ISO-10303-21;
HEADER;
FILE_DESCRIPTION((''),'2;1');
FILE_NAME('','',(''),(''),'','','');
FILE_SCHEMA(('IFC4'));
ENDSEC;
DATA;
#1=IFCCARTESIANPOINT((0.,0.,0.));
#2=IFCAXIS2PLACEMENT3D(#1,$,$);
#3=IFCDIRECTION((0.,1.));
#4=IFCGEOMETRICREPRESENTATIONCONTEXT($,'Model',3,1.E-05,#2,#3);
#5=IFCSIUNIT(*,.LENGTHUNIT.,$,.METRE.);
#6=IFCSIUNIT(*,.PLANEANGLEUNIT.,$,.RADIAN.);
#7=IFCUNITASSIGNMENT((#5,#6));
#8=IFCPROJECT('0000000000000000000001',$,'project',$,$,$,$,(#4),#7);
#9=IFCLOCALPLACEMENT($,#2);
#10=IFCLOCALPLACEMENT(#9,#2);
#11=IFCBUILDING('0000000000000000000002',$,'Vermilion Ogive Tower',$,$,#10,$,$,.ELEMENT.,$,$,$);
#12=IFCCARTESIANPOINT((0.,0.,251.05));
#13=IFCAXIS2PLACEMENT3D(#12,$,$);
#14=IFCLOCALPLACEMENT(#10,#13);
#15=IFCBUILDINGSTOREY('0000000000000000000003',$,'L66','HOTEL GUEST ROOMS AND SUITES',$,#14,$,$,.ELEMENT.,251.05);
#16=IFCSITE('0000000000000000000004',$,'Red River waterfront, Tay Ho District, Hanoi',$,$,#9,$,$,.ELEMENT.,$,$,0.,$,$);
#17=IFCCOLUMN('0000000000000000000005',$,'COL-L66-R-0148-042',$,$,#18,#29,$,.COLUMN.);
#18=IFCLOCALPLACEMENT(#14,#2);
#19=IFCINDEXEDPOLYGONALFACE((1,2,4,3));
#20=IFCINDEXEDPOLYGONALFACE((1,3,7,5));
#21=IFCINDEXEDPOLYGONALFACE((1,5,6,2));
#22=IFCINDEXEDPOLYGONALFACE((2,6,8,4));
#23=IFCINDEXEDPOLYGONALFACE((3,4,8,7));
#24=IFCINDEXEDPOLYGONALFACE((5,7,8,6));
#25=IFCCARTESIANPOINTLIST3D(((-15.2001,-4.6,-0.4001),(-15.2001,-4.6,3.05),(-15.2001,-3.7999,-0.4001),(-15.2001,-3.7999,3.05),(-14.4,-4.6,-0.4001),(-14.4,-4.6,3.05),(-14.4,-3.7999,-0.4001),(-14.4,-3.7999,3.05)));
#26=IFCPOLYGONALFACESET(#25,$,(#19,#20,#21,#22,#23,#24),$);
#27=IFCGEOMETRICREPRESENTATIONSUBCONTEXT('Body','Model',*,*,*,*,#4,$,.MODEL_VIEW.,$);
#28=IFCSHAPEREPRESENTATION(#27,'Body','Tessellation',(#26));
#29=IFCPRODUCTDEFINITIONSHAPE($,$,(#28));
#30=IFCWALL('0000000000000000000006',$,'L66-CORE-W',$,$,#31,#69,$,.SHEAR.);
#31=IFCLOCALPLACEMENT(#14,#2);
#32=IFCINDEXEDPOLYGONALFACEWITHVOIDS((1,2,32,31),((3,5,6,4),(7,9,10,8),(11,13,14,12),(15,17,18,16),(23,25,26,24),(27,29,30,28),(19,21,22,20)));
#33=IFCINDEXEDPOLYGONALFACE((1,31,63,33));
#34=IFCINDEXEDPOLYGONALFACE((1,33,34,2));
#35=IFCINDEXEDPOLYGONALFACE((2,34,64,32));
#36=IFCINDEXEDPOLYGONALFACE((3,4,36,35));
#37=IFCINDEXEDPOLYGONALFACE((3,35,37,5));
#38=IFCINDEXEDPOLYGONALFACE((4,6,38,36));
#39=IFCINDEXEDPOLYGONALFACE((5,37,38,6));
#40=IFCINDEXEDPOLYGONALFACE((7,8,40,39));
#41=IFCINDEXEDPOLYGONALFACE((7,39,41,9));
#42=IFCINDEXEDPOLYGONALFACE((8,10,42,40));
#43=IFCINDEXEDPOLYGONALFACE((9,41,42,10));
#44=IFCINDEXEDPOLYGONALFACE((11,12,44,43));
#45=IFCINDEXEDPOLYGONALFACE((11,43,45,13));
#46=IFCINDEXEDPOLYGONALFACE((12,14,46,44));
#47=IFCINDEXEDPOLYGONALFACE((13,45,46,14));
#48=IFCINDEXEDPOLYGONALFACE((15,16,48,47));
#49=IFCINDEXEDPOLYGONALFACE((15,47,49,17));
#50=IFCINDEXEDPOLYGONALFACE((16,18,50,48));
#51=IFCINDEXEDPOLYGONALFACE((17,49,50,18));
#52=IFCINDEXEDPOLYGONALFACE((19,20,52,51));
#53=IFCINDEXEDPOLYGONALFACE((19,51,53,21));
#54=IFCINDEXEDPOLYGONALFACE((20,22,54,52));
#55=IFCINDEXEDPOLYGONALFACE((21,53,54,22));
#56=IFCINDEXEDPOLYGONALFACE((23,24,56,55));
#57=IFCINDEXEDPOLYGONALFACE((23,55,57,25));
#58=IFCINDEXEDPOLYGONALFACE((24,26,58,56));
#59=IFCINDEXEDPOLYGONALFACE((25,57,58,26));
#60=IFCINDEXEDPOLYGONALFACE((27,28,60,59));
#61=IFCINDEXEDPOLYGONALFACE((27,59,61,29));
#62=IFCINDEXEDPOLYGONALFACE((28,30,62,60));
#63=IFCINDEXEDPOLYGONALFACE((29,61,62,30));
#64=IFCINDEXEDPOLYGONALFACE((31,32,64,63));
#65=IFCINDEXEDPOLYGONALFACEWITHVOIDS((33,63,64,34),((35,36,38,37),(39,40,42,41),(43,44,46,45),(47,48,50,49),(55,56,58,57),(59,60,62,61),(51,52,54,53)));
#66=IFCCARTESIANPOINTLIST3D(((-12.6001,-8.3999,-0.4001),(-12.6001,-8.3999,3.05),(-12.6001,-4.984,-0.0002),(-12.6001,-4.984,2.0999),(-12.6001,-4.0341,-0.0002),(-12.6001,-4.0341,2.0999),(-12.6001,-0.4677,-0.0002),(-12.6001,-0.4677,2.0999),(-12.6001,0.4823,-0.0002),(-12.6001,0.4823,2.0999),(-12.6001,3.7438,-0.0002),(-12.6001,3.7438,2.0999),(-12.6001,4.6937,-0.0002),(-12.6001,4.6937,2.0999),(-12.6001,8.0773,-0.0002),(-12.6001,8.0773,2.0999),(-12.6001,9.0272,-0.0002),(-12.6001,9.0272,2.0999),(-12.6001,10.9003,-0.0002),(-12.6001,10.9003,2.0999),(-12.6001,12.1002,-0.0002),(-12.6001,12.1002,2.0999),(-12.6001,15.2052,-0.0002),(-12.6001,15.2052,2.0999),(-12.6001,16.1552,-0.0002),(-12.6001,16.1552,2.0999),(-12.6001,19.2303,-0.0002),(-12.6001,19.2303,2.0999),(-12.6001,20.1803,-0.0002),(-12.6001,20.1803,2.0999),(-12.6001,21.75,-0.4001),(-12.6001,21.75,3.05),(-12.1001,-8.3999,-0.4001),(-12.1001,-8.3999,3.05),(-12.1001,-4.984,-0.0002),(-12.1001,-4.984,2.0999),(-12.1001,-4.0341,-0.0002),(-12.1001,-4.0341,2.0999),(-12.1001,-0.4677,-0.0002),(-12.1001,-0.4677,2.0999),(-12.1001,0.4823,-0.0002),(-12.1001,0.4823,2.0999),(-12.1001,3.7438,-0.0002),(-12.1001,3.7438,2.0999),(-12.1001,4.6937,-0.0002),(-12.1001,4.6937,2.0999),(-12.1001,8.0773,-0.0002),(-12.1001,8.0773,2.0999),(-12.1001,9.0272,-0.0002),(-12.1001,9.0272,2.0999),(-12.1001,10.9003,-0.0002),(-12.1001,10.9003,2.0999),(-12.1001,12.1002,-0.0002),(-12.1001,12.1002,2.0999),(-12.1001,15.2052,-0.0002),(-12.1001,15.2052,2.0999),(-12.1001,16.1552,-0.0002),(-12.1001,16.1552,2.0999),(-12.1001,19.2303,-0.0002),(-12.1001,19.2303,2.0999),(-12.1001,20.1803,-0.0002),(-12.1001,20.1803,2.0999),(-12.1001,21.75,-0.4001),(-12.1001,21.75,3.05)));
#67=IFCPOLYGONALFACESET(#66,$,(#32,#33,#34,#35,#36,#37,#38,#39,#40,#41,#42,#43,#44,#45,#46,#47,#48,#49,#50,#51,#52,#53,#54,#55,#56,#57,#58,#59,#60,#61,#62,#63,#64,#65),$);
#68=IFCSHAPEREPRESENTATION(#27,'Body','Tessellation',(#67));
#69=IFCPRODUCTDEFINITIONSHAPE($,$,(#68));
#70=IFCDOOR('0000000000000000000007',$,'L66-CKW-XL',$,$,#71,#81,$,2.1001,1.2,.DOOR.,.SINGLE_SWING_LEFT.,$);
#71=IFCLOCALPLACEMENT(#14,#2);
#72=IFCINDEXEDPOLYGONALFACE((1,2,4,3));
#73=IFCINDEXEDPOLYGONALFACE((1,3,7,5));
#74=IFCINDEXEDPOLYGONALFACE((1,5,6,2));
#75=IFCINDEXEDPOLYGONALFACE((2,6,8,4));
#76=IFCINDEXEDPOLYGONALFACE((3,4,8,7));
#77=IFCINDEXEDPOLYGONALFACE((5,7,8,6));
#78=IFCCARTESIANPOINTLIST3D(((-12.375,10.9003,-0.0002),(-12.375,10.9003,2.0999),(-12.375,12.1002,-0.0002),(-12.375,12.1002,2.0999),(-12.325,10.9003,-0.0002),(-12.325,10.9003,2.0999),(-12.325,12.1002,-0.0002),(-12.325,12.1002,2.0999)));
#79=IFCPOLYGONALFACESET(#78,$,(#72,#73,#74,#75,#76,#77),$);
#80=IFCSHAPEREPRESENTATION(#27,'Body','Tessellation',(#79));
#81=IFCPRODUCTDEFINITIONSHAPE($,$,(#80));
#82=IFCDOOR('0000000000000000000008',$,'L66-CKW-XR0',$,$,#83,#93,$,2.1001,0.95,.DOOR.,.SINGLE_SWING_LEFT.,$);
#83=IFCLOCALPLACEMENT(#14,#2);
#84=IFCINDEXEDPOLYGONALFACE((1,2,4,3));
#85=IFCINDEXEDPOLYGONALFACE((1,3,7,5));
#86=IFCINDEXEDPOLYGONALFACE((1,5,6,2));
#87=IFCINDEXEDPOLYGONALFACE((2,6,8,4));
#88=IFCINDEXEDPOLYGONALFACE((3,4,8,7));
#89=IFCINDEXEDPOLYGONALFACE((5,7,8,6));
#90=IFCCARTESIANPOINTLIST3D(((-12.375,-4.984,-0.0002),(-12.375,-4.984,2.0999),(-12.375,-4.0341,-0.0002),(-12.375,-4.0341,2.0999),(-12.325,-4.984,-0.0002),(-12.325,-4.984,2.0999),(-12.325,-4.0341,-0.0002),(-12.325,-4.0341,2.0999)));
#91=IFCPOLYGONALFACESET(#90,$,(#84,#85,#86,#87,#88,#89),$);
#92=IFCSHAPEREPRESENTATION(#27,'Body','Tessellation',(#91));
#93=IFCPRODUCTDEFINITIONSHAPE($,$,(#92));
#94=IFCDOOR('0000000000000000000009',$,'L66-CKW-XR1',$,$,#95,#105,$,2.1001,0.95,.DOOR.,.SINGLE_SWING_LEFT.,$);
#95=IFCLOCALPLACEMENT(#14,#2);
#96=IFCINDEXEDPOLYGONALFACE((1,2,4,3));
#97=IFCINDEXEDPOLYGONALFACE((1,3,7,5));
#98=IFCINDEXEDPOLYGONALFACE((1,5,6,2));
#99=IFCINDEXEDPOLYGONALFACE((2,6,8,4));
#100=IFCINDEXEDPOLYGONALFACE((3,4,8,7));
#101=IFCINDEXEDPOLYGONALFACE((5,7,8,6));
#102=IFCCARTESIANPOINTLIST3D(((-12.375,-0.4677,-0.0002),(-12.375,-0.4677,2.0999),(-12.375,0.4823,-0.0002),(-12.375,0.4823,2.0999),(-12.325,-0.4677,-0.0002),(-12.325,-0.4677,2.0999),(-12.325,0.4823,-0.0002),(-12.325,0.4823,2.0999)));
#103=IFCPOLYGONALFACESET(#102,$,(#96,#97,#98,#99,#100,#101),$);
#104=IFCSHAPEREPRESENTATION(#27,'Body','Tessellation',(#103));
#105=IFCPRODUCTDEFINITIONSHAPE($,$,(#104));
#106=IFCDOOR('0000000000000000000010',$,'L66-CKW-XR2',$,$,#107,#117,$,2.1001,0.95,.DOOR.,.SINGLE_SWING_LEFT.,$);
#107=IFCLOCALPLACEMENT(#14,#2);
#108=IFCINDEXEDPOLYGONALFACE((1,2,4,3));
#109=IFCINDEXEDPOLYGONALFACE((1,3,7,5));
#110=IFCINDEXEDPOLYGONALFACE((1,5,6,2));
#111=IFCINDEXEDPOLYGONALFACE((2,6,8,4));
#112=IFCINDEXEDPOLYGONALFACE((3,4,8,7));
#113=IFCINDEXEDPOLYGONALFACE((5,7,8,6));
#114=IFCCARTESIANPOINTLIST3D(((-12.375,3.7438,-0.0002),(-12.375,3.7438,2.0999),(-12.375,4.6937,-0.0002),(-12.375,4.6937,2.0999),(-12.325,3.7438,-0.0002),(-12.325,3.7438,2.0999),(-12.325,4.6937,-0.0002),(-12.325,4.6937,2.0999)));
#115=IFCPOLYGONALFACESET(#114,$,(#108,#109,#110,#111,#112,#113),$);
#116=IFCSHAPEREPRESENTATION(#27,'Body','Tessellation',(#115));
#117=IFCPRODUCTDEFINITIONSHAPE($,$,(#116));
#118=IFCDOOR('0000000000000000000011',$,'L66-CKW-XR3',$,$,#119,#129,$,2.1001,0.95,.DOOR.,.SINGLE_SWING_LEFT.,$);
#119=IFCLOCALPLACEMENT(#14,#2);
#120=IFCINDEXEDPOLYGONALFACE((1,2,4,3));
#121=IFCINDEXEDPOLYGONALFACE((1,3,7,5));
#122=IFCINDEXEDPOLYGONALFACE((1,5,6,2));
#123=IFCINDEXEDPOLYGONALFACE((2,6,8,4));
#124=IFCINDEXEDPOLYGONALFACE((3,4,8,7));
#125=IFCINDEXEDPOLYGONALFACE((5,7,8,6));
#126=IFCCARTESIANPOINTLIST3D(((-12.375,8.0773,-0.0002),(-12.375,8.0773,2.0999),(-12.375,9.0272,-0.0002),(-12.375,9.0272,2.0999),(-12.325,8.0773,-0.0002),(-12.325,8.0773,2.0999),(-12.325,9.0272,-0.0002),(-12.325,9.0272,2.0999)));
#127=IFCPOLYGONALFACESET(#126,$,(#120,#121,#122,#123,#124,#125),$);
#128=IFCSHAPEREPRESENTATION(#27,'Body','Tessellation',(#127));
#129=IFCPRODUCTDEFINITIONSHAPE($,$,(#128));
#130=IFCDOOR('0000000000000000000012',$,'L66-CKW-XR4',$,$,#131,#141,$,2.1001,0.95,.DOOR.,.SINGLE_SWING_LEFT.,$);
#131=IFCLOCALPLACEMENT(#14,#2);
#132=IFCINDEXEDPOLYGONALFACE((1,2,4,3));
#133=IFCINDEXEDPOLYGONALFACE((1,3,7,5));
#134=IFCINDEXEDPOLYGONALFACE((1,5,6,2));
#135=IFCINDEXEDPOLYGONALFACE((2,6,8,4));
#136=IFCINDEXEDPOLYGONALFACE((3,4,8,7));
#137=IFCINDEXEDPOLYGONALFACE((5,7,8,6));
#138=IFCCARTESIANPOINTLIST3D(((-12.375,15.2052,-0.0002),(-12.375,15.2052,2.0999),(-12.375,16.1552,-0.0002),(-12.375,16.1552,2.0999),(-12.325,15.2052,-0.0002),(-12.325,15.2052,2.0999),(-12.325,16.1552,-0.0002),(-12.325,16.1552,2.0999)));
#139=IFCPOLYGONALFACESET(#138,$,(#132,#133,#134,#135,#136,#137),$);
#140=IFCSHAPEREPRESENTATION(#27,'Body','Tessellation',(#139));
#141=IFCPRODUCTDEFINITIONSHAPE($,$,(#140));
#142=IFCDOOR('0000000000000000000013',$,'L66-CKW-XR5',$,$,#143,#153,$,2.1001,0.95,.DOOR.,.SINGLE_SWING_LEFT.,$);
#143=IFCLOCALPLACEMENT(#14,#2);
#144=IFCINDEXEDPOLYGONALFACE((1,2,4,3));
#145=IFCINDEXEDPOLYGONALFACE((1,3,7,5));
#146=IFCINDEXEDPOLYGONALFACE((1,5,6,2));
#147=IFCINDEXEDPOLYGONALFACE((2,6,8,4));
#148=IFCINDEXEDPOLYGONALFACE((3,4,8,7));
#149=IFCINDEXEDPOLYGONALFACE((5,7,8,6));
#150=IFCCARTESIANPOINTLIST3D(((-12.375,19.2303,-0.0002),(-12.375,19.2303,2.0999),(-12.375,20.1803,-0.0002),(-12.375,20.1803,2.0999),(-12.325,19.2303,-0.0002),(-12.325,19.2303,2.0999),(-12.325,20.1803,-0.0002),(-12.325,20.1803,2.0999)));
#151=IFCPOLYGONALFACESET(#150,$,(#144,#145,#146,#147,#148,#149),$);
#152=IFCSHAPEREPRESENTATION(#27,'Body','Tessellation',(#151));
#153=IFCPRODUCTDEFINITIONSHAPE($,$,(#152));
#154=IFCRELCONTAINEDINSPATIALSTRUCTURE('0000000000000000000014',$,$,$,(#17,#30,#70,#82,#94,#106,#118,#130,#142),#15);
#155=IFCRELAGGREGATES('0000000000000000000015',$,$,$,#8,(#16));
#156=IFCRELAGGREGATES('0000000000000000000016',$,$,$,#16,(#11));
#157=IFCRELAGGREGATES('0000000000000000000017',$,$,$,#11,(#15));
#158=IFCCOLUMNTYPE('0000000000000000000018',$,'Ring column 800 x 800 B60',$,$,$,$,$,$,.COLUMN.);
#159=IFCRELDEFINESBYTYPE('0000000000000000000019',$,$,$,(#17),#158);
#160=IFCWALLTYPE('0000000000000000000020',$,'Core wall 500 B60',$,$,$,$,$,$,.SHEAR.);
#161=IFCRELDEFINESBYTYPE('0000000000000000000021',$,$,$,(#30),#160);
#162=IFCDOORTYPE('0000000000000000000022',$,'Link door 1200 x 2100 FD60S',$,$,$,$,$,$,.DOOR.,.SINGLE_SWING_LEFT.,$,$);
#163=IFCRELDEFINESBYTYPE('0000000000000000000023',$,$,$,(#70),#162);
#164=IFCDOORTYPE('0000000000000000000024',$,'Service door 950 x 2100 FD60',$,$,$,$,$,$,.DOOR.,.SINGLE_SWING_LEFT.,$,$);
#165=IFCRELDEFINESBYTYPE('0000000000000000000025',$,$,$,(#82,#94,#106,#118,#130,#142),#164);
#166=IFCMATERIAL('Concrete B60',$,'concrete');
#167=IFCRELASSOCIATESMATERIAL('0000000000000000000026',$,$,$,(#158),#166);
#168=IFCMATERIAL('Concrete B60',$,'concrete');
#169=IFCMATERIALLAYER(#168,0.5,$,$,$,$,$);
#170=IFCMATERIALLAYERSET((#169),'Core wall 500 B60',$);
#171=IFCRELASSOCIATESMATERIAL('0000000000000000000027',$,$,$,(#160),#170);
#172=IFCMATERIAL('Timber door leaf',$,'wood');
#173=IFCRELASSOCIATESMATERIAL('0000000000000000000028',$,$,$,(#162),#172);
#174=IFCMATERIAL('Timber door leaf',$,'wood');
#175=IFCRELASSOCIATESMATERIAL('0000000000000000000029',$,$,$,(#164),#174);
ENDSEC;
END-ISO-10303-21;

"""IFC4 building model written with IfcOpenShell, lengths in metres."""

from ifc_helpers import new_model, si_unit, direction, frame, frame_2d, origin, origin_2d, place, context, subcontext, project, spatial, rectangle, extrude, material, layer, layer_set, material_profile, profile_set, type_object, element, fill, save


model = new_model("IFC4")

# Units and contexts
model_context = context("Model", 3, precision=1e-05, world=origin(), true_north=direction((0.0, 1.0)))
body_context = subcontext(model_context, "Body", "Model", "MODEL_VIEW")
ifc_project = project(units=[si_unit("LENGTHUNIT", "METRE"), si_unit("PLANEANGLEUNIT", "RADIAN")], contexts=[model_context])

# Site, building, storey
site_placement = place(None, origin())
site = spatial("IfcSite", under=ifc_project, at=site_placement, Name="Red River waterfront, Tay Ho District, Hanoi", CompositionType="ELEMENT", RefElevation=0.0)
building_placement = place(site_placement, origin())
building = spatial("IfcBuilding", under=site, at=building_placement, Name="Vermilion Ogive Tower", CompositionType="ELEMENT")
storey_placement = place(building_placement, frame((0.0, 0.0, 251.05)))
storey = spatial("IfcBuildingStorey", under=building, at=storey_placement, Name="L66", Description="HOTEL GUEST ROOMS AND SUITES", CompositionType="ELEMENT", Elevation=251.05)

# Column
ifc_material_1 = material(Name="Concrete B60", Category="concrete")
ifc_material_profile = material_profile(ifc_material_1, rectangle(XDim=0.8, YDim=0.8, at=origin_2d()), Name="800 x 800")
ifc_profile_set = profile_set([ifc_material_profile], Name="Concrete B60")
column_type = type_object("IfcColumnType", Name="Ring column 800 x 800 B60", PredefinedType="COLUMN", material=ifc_profile_set)
column_placement = place(storey_placement, frame((-14.8, -4.2, -0.4001), z_axis=(0.0, 0.0, 1.0), x_axis=(1.0, 0.0, 0.0)))
element("IfcColumn", 1, at=column_placement, inside=storey, type_object=column_type, Name="COL-L66-R-0148-042", PredefinedType="COLUMN", context=body_context, shape_type="SweptSolid", body=[
    extrude(rectangle(XDim=0.8, YDim=0.8, at=origin_2d()), origin(), (0.0, 0.0, 1.0), 3.4502),
])

# Wall, openings, doors
ifc_material_2 = material(Name="Concrete B60", Category="concrete")
ifc_layer_1 = layer(ifc_material_2, 0.5)
ifc_layer_set_1 = layer_set([ifc_layer_1], Name="Core wall 500 B60")
wall_type_1 = type_object("IfcWallType", Name="Core wall 500 B60", PredefinedType="SHEAR", material=ifc_layer_set_1)
wall_1_placement = place(storey_placement, frame((-12.3501, -8.3999, -0.4001), z_axis=(0.0, 0.0, 1.0), x_axis=(0.0, 1.0, 0.0)))
wall_1 = element("IfcWall", 2, at=wall_1_placement, inside=storey, type_object=wall_type_1, Name="L66-CORE-W", PredefinedType="SHEAR", context=body_context, shape_type="SweptSolid", body=[
    extrude(rectangle(XDim=30.1499, YDim=0.5, at=frame_2d((15.075, 0.0))), origin(), (0.0, 0.0, 1.0), 3.4502),
])
opening_1_placement = place(wall_1_placement, frame((3.4158, 0.0, 0.3999)))
opening_1 = element("IfcOpeningElement", 3, at=opening_1_placement, cuts=wall_1, PredefinedType="OPENING", context=body_context, shape_type="SweptSolid", body=[
    extrude(rectangle(XDim=0.95, YDim=2.1001, at=frame_2d((0.4751, 1.05))), frame((0.0, 0.26, 0.0), z_axis=(0.0, -1.0, 0.0), x_axis=(1.0, 0.0, 0.0)), (0.0, 0.0, 1.0), 0.52),
])
opening_2_placement = place(wall_1_placement, frame((7.9321, 0.0, 0.3999)))
opening_2 = element("IfcOpeningElement", 4, at=opening_2_placement, cuts=wall_1, PredefinedType="OPENING", context=body_context, shape_type="SweptSolid", body=[
    extrude(rectangle(XDim=0.95, YDim=2.1001, at=frame_2d((0.4751, 1.05))), frame((0.0, 0.26, 0.0), z_axis=(0.0, -1.0, 0.0), x_axis=(1.0, 0.0, 0.0)), (0.0, 0.0, 1.0), 0.52),
])
opening_3_placement = place(wall_1_placement, frame((12.1436, 0.0, 0.3999)))
opening_3 = element("IfcOpeningElement", 5, at=opening_3_placement, cuts=wall_1, PredefinedType="OPENING", context=body_context, shape_type="SweptSolid", body=[
    extrude(rectangle(XDim=0.95, YDim=2.1001, at=frame_2d((0.4751, 1.05))), frame((0.0, 0.26, 0.0), z_axis=(0.0, -1.0, 0.0), x_axis=(1.0, 0.0, 0.0)), (0.0, 0.0, 1.0), 0.52),
])
opening_4_placement = place(wall_1_placement, frame((16.4771, 0.0, 0.3999)))
opening_4 = element("IfcOpeningElement", 6, at=opening_4_placement, cuts=wall_1, PredefinedType="OPENING", context=body_context, shape_type="SweptSolid", body=[
    extrude(rectangle(XDim=0.95, YDim=2.1001, at=frame_2d((0.4751, 1.05))), frame((0.0, 0.26, 0.0), z_axis=(0.0, -1.0, 0.0), x_axis=(1.0, 0.0, 0.0)), (0.0, 0.0, 1.0), 0.52),
])
opening_5_placement = place(wall_1_placement, frame((23.605, 0.0, 0.3999)))
opening_5 = element("IfcOpeningElement", 7, at=opening_5_placement, cuts=wall_1, PredefinedType="OPENING", context=body_context, shape_type="SweptSolid", body=[
    extrude(rectangle(XDim=0.95, YDim=2.1001, at=frame_2d((0.4751, 1.05))), frame((0.0, 0.26, 0.0), z_axis=(0.0, -1.0, 0.0), x_axis=(1.0, 0.0, 0.0)), (0.0, 0.0, 1.0), 0.52),
])
opening_6_placement = place(wall_1_placement, frame((27.6301, 0.0, 0.3999)))
opening_6 = element("IfcOpeningElement", 8, at=opening_6_placement, cuts=wall_1, PredefinedType="OPENING", context=body_context, shape_type="SweptSolid", body=[
    extrude(rectangle(XDim=0.95, YDim=2.1001, at=frame_2d((0.4751, 1.05))), frame((0.0, 0.26, 0.0), z_axis=(0.0, -1.0, 0.0), x_axis=(1.0, 0.0, 0.0)), (0.0, 0.0, 1.0), 0.52),
])
opening_7_placement = place(wall_1_placement, frame((19.3, 0.0, 0.3999)))
opening_7 = element("IfcOpeningElement", 9, at=opening_7_placement, cuts=wall_1, PredefinedType="OPENING", context=body_context, shape_type="SweptSolid", body=[
    extrude(rectangle(XDim=1.2, YDim=2.1001, at=frame_2d((0.6001, 1.05))), frame((0.0, 0.26, 0.0), z_axis=(0.0, -1.0, 0.0), x_axis=(1.0, 0.0, 0.0)), (0.0, 0.0, 1.0), 0.52),
])
ifc_material_3 = material(Name="Timber door leaf", Category="wood")
door_type_1 = type_object("IfcDoorType", Name="Link door 1200 x 2100 FD60S", OperationType="SINGLE_SWING_LEFT", PredefinedType="DOOR", material=ifc_material_3)
door_1_placement = place(opening_7_placement, origin())
door_1 = element("IfcDoor", 10, at=door_1_placement, inside=storey, type_object=door_type_1, Name="L66-CKW-XL", OperationType="SINGLE_SWING_LEFT", OverallHeight=2.1001, OverallWidth=1.2, PredefinedType="DOOR", context=body_context, shape_type="SweptSolid", body=[
    extrude(rectangle(XDim=1.2, YDim=2.1001, at=frame_2d((0.6001, 1.05))), frame((0.0, 0.0249, 0.0), z_axis=(0.0, -1.0, 0.0), x_axis=(1.0, 0.0, 0.0)), (0.0, 0.0, 1.0), 0.05),
])
fill(opening_7, door_1)
ifc_material_4 = material(Name="Timber door leaf", Category="wood")
door_type_2 = type_object("IfcDoorType", Name="Service door 950 x 2100 FD60", OperationType="SINGLE_SWING_LEFT", PredefinedType="DOOR", material=ifc_material_4)
door_2_placement = place(opening_1_placement, origin())
door_2 = element("IfcDoor", 11, at=door_2_placement, inside=storey, type_object=door_type_2, Name="L66-CKW-XR0", OperationType="SINGLE_SWING_LEFT", OverallHeight=2.1001, OverallWidth=0.95, PredefinedType="DOOR", context=body_context, shape_type="SweptSolid", body=[
    extrude(rectangle(XDim=0.95, YDim=2.1001, at=frame_2d((0.4751, 1.05))), frame((0.0, 0.0249, 0.0), z_axis=(0.0, -1.0, 0.0), x_axis=(1.0, 0.0, 0.0)), (0.0, 0.0, 1.0), 0.05),
])
fill(opening_1, door_2)
door_3_placement = place(opening_2_placement, origin())
door_3 = element("IfcDoor", 12, at=door_3_placement, inside=storey, type_object=door_type_2, Name="L66-CKW-XR1", OperationType="SINGLE_SWING_LEFT", OverallHeight=2.1001, OverallWidth=0.95, PredefinedType="DOOR", context=body_context, shape_type="SweptSolid", body=[
    extrude(rectangle(XDim=0.95, YDim=2.1001, at=frame_2d((0.4751, 1.05))), frame((0.0, 0.0249, 0.0), z_axis=(0.0, -1.0, 0.0), x_axis=(1.0, 0.0, 0.0)), (0.0, 0.0, 1.0), 0.05),
])
fill(opening_2, door_3)
door_4_placement = place(opening_3_placement, origin())
door_4 = element("IfcDoor", 13, at=door_4_placement, inside=storey, type_object=door_type_2, Name="L66-CKW-XR2", OperationType="SINGLE_SWING_LEFT", OverallHeight=2.1001, OverallWidth=0.95, PredefinedType="DOOR", context=body_context, shape_type="SweptSolid", body=[
    extrude(rectangle(XDim=0.95, YDim=2.1001, at=frame_2d((0.4751, 1.05))), frame((0.0, 0.0249, 0.0), z_axis=(0.0, -1.0, 0.0), x_axis=(1.0, 0.0, 0.0)), (0.0, 0.0, 1.0), 0.05),
])
fill(opening_3, door_4)
door_5_placement = place(opening_4_placement, origin())
door_5 = element("IfcDoor", 14, at=door_5_placement, inside=storey, type_object=door_type_2, Name="L66-CKW-XR3", OperationType="SINGLE_SWING_LEFT", OverallHeight=2.1001, OverallWidth=0.95, PredefinedType="DOOR", context=body_context, shape_type="SweptSolid", body=[
    extrude(rectangle(XDim=0.95, YDim=2.1001, at=frame_2d((0.4751, 1.05))), frame((0.0, 0.0249, 0.0), z_axis=(0.0, -1.0, 0.0), x_axis=(1.0, 0.0, 0.0)), (0.0, 0.0, 1.0), 0.05),
])
fill(opening_4, door_5)
door_6_placement = place(opening_5_placement, origin())
door_6 = element("IfcDoor", 15, at=door_6_placement, inside=storey, type_object=door_type_2, Name="L66-CKW-XR4", OperationType="SINGLE_SWING_LEFT", OverallHeight=2.1001, OverallWidth=0.95, PredefinedType="DOOR", context=body_context, shape_type="SweptSolid", body=[
    extrude(rectangle(XDim=0.95, YDim=2.1001, at=frame_2d((0.4751, 1.05))), frame((0.0, 0.0249, 0.0), z_axis=(0.0, -1.0, 0.0), x_axis=(1.0, 0.0, 0.0)), (0.0, 0.0, 1.0), 0.05),
])
fill(opening_5, door_6)
door_7_placement = place(opening_6_placement, origin())
door_7 = element("IfcDoor", 16, at=door_7_placement, inside=storey, type_object=door_type_2, Name="L66-CKW-XR5", OperationType="SINGLE_SWING_LEFT", OverallHeight=2.1001, OverallWidth=0.95, PredefinedType="DOOR", context=body_context, shape_type="SweptSolid", body=[
    extrude(rectangle(XDim=0.95, YDim=2.1001, at=frame_2d((0.4751, 1.05))), frame((0.0, 0.0249, 0.0), z_axis=(0.0, -1.0, 0.0), x_axis=(1.0, 0.0, 0.0)), (0.0, 0.0, 1.0), 0.05),
])
fill(opening_6, door_7)

save(model, "model.ifc")
